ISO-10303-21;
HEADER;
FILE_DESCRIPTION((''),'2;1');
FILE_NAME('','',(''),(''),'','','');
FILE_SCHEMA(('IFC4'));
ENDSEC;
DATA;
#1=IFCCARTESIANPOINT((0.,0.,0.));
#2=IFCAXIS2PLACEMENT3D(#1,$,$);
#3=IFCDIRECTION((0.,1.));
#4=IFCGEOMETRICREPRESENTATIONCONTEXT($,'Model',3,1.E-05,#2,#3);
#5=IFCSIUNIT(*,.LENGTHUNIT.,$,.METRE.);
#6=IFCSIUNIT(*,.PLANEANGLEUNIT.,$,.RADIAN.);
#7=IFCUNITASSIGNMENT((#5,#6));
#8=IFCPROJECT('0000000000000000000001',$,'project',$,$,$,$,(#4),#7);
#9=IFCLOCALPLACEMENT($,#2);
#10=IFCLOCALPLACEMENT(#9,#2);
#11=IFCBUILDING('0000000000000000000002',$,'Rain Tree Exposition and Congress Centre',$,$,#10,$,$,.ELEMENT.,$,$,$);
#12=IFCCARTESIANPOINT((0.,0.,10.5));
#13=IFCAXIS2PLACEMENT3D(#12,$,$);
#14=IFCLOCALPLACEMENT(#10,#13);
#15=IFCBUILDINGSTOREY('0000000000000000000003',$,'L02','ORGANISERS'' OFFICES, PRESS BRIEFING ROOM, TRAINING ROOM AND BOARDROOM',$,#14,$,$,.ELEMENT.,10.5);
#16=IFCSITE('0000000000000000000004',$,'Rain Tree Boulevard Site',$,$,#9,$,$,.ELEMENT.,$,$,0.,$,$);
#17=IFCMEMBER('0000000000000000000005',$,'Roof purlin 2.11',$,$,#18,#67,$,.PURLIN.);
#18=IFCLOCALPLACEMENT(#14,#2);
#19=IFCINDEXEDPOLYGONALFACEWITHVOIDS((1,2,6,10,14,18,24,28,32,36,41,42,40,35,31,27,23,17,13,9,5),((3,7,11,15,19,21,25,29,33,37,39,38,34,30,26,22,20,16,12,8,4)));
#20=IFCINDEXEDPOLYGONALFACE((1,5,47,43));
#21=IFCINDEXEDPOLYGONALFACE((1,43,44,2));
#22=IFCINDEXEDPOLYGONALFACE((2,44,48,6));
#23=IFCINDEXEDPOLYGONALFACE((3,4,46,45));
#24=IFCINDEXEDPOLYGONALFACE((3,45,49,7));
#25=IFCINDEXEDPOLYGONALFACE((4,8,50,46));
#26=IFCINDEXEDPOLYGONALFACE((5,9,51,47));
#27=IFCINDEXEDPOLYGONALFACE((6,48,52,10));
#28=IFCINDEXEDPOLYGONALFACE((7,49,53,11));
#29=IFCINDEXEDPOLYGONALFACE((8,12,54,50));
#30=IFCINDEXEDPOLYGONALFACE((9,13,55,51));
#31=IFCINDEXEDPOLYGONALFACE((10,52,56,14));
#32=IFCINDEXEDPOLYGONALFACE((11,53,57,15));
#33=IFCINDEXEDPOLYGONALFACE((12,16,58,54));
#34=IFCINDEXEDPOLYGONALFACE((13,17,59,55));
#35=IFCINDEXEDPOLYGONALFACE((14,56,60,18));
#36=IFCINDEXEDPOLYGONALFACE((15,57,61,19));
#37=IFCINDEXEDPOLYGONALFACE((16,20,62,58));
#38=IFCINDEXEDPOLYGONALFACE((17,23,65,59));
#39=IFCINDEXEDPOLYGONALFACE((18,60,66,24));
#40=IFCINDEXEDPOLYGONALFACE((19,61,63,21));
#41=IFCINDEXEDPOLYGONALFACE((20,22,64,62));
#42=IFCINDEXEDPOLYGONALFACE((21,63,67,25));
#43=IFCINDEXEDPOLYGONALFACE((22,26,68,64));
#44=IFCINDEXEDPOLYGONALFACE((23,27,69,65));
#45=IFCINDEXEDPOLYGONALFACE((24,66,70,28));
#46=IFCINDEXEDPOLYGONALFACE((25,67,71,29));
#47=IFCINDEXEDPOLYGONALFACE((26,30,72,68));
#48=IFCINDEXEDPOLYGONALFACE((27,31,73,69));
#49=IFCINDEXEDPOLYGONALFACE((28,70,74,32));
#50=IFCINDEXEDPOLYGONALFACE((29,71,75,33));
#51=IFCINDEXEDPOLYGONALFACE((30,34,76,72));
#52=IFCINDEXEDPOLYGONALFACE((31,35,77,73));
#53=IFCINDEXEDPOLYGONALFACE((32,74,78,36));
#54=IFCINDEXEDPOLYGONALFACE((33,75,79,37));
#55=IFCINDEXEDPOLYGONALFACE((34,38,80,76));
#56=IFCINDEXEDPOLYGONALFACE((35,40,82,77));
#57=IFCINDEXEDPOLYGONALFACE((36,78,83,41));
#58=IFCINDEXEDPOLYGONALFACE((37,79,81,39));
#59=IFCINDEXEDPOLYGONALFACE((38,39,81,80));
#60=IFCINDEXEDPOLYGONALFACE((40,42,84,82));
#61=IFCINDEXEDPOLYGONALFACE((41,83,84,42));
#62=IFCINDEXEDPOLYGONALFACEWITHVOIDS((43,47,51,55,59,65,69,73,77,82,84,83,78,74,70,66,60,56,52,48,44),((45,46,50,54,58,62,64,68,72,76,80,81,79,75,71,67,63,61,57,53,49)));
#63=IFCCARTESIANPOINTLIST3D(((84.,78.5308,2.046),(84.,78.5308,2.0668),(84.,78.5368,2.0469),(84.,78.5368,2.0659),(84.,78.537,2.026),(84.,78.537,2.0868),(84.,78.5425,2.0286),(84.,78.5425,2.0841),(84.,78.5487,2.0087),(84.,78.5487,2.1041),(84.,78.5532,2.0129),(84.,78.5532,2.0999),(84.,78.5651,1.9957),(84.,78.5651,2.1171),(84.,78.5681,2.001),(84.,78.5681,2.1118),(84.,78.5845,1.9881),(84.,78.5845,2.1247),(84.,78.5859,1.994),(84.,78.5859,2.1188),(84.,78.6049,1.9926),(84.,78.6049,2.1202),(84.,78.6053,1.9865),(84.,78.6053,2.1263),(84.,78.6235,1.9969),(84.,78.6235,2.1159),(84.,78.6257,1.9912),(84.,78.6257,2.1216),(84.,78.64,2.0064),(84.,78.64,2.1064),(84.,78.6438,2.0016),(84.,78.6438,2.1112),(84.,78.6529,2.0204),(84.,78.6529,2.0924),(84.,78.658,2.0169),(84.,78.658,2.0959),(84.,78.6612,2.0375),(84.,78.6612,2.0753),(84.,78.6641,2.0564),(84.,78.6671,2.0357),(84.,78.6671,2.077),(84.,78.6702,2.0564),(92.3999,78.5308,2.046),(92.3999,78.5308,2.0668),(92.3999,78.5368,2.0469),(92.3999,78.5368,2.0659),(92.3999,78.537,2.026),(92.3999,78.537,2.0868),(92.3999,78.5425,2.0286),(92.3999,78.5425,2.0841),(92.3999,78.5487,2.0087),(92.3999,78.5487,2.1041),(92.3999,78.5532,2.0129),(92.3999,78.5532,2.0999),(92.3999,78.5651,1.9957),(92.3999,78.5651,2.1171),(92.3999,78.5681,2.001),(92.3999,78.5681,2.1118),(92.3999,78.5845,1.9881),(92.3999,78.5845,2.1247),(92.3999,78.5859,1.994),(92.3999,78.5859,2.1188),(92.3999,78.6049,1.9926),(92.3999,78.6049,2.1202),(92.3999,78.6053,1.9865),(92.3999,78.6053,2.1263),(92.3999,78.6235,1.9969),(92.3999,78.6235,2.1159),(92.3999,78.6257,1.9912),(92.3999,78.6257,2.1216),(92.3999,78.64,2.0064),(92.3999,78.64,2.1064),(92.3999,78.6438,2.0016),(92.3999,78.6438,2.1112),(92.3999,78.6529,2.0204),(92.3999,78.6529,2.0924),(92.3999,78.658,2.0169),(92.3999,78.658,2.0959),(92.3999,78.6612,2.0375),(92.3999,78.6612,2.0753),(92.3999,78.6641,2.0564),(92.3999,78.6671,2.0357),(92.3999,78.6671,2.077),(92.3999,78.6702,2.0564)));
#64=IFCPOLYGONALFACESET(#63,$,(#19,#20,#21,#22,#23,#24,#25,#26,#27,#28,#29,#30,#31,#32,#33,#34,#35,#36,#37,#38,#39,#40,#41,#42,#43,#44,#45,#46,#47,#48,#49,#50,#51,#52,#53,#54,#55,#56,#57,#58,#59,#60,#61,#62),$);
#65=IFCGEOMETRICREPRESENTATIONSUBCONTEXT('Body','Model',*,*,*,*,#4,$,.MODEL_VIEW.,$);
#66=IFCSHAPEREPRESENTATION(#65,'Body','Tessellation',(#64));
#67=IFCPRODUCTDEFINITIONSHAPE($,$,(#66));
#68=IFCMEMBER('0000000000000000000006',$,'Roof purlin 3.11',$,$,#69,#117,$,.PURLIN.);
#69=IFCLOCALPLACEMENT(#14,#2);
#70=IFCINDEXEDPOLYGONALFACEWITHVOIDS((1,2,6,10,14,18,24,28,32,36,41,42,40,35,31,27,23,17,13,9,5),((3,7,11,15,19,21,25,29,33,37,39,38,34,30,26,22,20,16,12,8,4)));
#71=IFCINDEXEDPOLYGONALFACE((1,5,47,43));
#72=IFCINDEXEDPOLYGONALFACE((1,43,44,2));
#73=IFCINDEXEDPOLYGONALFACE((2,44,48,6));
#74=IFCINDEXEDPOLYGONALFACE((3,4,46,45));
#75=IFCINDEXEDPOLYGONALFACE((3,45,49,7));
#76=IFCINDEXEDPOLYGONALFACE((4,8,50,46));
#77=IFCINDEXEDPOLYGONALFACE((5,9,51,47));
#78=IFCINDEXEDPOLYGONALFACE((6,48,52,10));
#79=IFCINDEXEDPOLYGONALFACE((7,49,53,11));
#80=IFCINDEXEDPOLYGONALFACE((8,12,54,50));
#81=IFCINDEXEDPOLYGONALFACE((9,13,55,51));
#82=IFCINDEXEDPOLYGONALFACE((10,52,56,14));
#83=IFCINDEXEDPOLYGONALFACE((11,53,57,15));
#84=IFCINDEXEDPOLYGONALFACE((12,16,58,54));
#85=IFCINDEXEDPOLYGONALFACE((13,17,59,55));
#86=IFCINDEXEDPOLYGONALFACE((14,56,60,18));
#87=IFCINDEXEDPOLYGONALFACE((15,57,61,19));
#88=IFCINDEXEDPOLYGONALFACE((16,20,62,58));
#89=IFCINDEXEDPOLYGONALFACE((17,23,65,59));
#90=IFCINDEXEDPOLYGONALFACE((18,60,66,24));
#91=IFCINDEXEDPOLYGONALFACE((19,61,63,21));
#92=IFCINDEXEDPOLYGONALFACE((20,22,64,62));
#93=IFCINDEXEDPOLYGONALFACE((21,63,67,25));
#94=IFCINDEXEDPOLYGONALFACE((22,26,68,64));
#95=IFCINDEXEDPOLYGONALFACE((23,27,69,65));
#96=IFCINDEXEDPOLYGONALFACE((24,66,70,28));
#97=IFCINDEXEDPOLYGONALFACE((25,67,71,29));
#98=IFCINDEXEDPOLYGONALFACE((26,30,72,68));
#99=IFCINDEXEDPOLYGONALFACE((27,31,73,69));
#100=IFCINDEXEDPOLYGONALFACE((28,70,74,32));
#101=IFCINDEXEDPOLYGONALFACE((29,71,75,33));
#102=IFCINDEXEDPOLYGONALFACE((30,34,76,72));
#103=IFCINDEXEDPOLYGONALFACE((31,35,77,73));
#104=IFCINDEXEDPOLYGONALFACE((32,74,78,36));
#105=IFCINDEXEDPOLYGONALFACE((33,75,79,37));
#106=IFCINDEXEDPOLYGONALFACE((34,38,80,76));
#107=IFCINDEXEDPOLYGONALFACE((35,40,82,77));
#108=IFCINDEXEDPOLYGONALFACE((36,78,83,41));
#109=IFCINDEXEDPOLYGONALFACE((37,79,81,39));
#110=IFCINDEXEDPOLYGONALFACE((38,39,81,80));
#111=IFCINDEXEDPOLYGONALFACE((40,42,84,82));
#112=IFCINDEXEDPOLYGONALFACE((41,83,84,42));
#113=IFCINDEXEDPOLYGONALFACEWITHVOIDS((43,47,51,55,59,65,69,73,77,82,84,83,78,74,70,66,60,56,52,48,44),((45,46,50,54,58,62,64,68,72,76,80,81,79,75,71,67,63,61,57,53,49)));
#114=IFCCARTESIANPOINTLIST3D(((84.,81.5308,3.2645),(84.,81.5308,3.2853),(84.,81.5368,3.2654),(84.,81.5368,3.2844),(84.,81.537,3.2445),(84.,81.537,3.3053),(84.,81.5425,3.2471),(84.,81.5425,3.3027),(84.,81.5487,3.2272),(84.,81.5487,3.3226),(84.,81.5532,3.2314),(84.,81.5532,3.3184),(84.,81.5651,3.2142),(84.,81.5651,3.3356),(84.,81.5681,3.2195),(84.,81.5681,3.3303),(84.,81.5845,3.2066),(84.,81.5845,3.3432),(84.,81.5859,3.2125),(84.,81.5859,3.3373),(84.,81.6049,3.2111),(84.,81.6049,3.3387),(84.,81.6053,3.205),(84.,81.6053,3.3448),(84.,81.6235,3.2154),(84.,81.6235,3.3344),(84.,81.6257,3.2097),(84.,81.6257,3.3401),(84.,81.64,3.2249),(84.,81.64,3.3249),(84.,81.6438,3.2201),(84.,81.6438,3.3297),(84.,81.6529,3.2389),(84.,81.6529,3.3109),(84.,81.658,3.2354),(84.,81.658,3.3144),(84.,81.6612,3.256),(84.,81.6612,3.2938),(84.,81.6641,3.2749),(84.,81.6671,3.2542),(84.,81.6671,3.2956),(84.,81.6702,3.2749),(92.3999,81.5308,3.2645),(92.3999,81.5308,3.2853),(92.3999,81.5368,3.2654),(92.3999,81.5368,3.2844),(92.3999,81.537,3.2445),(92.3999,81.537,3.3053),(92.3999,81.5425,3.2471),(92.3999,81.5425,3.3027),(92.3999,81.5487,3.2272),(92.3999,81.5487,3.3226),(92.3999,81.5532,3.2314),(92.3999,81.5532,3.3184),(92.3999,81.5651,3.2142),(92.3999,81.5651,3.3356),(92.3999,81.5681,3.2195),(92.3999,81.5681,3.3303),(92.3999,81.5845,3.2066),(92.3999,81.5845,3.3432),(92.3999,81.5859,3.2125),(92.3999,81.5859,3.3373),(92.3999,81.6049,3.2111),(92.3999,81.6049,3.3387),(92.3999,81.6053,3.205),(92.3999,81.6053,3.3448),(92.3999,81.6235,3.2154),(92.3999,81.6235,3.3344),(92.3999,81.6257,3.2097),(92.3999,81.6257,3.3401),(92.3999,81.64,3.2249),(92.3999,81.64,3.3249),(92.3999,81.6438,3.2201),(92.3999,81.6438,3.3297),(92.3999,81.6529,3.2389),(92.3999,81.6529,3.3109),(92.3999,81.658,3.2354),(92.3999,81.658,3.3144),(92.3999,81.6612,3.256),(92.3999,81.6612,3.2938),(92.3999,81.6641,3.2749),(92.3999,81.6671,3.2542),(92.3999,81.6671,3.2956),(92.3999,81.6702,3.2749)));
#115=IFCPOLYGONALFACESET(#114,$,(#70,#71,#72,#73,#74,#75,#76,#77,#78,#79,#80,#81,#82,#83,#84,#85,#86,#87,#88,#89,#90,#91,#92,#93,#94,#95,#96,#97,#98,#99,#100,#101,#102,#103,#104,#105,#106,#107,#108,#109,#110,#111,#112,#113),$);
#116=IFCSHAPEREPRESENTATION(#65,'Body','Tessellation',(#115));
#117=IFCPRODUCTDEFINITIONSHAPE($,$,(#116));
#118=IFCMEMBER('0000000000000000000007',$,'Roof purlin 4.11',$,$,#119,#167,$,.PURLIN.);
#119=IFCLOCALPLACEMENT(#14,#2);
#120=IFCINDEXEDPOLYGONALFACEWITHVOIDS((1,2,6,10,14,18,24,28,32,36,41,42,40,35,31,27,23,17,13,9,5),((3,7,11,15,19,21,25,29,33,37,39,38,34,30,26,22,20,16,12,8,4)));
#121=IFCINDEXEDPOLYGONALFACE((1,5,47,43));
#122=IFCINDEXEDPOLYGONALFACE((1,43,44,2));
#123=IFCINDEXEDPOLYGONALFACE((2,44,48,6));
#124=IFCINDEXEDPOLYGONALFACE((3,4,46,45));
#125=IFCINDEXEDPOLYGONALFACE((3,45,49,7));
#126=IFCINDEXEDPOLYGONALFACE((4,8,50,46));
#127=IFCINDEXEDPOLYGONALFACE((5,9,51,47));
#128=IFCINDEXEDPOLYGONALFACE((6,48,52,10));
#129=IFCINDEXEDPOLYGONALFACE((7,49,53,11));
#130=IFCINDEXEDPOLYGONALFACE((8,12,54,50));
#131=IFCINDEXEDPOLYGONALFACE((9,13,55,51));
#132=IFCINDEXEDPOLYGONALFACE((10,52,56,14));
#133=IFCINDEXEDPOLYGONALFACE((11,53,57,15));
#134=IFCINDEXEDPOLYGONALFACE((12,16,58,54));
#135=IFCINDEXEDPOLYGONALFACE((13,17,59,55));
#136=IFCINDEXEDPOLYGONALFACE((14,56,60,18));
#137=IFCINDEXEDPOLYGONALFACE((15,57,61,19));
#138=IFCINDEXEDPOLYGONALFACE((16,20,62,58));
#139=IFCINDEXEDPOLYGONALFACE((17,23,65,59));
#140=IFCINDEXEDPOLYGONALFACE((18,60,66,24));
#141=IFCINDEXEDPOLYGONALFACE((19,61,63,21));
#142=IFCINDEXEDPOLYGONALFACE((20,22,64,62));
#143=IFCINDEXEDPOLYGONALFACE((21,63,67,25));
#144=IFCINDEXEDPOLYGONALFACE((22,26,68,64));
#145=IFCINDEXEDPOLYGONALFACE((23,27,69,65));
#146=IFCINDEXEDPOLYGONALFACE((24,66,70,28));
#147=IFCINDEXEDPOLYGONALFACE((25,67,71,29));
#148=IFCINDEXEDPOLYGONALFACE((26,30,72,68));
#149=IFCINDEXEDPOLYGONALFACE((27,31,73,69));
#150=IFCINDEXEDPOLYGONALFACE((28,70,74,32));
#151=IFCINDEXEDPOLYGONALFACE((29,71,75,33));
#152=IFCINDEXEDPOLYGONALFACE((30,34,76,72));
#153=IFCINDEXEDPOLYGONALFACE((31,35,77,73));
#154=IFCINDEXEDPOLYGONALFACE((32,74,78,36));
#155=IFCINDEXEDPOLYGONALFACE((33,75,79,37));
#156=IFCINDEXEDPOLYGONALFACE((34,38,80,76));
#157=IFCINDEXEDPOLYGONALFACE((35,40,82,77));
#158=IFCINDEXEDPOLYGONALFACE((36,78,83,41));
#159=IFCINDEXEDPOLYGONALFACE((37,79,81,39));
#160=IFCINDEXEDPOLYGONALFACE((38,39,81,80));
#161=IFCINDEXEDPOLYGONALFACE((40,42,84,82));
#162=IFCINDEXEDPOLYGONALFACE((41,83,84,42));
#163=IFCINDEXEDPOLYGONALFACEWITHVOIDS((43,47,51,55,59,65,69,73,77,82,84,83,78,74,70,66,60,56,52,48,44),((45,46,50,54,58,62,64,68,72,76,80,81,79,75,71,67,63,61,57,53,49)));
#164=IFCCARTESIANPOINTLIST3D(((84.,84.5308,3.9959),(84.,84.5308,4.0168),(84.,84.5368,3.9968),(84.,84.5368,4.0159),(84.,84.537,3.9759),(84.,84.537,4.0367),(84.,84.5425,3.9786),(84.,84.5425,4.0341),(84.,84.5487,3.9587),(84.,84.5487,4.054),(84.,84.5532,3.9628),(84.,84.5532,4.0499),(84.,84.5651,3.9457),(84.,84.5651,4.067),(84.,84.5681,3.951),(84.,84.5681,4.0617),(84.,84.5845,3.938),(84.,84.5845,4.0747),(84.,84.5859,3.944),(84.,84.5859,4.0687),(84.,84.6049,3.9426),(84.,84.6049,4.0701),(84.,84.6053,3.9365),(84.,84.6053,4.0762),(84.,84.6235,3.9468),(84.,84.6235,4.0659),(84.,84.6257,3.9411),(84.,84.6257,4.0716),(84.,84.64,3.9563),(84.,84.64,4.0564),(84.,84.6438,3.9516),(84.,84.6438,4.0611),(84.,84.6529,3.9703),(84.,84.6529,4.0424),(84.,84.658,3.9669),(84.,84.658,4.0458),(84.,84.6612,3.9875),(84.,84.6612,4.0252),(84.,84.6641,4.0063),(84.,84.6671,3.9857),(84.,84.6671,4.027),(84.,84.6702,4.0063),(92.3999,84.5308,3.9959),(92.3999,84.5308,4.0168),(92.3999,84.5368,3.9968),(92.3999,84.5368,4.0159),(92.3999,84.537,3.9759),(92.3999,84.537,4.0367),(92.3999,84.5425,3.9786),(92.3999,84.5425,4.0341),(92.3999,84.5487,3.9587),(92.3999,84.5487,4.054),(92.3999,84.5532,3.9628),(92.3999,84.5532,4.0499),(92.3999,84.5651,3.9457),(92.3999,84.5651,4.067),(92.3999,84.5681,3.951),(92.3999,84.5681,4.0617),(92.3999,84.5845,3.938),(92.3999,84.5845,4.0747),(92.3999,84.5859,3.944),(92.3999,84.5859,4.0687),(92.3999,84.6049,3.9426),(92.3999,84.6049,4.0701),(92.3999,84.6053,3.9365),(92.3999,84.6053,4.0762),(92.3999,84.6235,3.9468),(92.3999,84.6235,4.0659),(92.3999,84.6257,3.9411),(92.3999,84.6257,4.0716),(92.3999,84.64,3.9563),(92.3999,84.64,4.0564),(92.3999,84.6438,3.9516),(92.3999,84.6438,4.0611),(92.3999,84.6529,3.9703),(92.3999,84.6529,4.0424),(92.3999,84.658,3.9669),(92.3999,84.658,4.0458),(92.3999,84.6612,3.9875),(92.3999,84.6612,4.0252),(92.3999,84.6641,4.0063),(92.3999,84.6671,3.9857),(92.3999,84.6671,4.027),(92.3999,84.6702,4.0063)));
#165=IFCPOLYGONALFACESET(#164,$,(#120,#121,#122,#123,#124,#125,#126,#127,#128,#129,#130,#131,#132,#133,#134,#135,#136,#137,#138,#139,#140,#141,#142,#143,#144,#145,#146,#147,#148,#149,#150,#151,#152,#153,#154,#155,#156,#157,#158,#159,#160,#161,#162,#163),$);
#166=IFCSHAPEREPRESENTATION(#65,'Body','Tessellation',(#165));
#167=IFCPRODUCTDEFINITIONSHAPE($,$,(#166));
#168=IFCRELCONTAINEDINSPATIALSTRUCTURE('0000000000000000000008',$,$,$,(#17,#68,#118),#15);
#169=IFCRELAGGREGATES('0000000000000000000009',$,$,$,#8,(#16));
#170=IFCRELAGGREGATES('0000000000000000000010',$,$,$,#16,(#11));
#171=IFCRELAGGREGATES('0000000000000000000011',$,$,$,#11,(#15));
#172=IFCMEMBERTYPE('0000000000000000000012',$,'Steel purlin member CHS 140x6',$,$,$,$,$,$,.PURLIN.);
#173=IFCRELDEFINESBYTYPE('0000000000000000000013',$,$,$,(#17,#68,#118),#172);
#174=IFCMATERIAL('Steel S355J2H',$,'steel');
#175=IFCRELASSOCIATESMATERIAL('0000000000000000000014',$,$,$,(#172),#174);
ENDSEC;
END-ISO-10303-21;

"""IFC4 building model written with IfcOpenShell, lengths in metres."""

from ifc_helpers import new_model, si_unit, direction, frame, origin, origin_2d, place, context, subcontext, project, spatial, hollow_circle, extrude, material, material_profile, profile_set, type_object, element, save


model = new_model("IFC4")

# Units and contexts
model_context = context("Model", 3, precision=1e-05, world=origin(), true_north=direction((0.0, 1.0)))
body_context = subcontext(model_context, "Body", "Model", "MODEL_VIEW")
ifc_project = project(units=[si_unit("LENGTHUNIT", "METRE"), si_unit("PLANEANGLEUNIT", "RADIAN")], contexts=[model_context])

# Site, building, storey
site_placement = place(None, origin())
site = spatial("IfcSite", under=ifc_project, at=site_placement, Name="Rain Tree Boulevard Site", CompositionType="ELEMENT", RefElevation=0.0)
building_placement = place(site_placement, origin())
building = spatial("IfcBuilding", under=site, at=building_placement, Name="Rain Tree Exposition and Congress Centre", CompositionType="ELEMENT")
storey_placement = place(building_placement, frame((0.0, 0.0, 10.5)))
storey = spatial("IfcBuildingStorey", under=building, at=storey_placement, Name="L02", Description="ORGANISERS' OFFICES, PRESS BRIEFING ROOM, TRAINING ROOM AND BOARDROOM", CompositionType="ELEMENT", Elevation=10.5)

# Members
ifc_material_1 = material(Name="Steel S355J2H", Category="steel")
ifc_material_profile_1 = material_profile(ifc_material_1, hollow_circle(Radius=0.0701, WallThickness=0.0061, at=origin_2d()), Name="CHS 140x6")
ifc_profile_set_1 = profile_set([ifc_material_profile_1], Name="Steel S355J2H")
member_type_1 = type_object("IfcMemberType", Name="Steel purlin member CHS 140x6", PredefinedType="PURLIN", material=ifc_profile_set_1)
for number, where, z_axis, x_axis, name in (
    (1, (84.0, 78.6001, 2.0564), (1.0, 0.0, 0.0), (0.0, 1.0, 0.0), "Roof purlin 2.11"),
    (2, (84.0, 81.6001, 3.2749), (1.0, 0.0, 0.0), (0.0, 1.0, 0.0), "Roof purlin 3.11"),
    (3, (84.0, 84.6001, 4.0063), (1.0, 0.0, 0.0), (0.0, 1.0, 0.0), "Roof purlin 4.11"),
):
    element("IfcMember", number, at=place(storey_placement, frame(where, z_axis=z_axis, x_axis=x_axis)), inside=storey, type_object=member_type_1, Name=name, PredefinedType="PURLIN", context=body_context, shape_type="SweptSolid", body=[
        extrude(hollow_circle(Radius=0.0701, WallThickness=0.0061, at=origin_2d()), origin(), (0.0, 0.0, 1.0), 8.3999),
    ])

save(model, "model.ifc")
